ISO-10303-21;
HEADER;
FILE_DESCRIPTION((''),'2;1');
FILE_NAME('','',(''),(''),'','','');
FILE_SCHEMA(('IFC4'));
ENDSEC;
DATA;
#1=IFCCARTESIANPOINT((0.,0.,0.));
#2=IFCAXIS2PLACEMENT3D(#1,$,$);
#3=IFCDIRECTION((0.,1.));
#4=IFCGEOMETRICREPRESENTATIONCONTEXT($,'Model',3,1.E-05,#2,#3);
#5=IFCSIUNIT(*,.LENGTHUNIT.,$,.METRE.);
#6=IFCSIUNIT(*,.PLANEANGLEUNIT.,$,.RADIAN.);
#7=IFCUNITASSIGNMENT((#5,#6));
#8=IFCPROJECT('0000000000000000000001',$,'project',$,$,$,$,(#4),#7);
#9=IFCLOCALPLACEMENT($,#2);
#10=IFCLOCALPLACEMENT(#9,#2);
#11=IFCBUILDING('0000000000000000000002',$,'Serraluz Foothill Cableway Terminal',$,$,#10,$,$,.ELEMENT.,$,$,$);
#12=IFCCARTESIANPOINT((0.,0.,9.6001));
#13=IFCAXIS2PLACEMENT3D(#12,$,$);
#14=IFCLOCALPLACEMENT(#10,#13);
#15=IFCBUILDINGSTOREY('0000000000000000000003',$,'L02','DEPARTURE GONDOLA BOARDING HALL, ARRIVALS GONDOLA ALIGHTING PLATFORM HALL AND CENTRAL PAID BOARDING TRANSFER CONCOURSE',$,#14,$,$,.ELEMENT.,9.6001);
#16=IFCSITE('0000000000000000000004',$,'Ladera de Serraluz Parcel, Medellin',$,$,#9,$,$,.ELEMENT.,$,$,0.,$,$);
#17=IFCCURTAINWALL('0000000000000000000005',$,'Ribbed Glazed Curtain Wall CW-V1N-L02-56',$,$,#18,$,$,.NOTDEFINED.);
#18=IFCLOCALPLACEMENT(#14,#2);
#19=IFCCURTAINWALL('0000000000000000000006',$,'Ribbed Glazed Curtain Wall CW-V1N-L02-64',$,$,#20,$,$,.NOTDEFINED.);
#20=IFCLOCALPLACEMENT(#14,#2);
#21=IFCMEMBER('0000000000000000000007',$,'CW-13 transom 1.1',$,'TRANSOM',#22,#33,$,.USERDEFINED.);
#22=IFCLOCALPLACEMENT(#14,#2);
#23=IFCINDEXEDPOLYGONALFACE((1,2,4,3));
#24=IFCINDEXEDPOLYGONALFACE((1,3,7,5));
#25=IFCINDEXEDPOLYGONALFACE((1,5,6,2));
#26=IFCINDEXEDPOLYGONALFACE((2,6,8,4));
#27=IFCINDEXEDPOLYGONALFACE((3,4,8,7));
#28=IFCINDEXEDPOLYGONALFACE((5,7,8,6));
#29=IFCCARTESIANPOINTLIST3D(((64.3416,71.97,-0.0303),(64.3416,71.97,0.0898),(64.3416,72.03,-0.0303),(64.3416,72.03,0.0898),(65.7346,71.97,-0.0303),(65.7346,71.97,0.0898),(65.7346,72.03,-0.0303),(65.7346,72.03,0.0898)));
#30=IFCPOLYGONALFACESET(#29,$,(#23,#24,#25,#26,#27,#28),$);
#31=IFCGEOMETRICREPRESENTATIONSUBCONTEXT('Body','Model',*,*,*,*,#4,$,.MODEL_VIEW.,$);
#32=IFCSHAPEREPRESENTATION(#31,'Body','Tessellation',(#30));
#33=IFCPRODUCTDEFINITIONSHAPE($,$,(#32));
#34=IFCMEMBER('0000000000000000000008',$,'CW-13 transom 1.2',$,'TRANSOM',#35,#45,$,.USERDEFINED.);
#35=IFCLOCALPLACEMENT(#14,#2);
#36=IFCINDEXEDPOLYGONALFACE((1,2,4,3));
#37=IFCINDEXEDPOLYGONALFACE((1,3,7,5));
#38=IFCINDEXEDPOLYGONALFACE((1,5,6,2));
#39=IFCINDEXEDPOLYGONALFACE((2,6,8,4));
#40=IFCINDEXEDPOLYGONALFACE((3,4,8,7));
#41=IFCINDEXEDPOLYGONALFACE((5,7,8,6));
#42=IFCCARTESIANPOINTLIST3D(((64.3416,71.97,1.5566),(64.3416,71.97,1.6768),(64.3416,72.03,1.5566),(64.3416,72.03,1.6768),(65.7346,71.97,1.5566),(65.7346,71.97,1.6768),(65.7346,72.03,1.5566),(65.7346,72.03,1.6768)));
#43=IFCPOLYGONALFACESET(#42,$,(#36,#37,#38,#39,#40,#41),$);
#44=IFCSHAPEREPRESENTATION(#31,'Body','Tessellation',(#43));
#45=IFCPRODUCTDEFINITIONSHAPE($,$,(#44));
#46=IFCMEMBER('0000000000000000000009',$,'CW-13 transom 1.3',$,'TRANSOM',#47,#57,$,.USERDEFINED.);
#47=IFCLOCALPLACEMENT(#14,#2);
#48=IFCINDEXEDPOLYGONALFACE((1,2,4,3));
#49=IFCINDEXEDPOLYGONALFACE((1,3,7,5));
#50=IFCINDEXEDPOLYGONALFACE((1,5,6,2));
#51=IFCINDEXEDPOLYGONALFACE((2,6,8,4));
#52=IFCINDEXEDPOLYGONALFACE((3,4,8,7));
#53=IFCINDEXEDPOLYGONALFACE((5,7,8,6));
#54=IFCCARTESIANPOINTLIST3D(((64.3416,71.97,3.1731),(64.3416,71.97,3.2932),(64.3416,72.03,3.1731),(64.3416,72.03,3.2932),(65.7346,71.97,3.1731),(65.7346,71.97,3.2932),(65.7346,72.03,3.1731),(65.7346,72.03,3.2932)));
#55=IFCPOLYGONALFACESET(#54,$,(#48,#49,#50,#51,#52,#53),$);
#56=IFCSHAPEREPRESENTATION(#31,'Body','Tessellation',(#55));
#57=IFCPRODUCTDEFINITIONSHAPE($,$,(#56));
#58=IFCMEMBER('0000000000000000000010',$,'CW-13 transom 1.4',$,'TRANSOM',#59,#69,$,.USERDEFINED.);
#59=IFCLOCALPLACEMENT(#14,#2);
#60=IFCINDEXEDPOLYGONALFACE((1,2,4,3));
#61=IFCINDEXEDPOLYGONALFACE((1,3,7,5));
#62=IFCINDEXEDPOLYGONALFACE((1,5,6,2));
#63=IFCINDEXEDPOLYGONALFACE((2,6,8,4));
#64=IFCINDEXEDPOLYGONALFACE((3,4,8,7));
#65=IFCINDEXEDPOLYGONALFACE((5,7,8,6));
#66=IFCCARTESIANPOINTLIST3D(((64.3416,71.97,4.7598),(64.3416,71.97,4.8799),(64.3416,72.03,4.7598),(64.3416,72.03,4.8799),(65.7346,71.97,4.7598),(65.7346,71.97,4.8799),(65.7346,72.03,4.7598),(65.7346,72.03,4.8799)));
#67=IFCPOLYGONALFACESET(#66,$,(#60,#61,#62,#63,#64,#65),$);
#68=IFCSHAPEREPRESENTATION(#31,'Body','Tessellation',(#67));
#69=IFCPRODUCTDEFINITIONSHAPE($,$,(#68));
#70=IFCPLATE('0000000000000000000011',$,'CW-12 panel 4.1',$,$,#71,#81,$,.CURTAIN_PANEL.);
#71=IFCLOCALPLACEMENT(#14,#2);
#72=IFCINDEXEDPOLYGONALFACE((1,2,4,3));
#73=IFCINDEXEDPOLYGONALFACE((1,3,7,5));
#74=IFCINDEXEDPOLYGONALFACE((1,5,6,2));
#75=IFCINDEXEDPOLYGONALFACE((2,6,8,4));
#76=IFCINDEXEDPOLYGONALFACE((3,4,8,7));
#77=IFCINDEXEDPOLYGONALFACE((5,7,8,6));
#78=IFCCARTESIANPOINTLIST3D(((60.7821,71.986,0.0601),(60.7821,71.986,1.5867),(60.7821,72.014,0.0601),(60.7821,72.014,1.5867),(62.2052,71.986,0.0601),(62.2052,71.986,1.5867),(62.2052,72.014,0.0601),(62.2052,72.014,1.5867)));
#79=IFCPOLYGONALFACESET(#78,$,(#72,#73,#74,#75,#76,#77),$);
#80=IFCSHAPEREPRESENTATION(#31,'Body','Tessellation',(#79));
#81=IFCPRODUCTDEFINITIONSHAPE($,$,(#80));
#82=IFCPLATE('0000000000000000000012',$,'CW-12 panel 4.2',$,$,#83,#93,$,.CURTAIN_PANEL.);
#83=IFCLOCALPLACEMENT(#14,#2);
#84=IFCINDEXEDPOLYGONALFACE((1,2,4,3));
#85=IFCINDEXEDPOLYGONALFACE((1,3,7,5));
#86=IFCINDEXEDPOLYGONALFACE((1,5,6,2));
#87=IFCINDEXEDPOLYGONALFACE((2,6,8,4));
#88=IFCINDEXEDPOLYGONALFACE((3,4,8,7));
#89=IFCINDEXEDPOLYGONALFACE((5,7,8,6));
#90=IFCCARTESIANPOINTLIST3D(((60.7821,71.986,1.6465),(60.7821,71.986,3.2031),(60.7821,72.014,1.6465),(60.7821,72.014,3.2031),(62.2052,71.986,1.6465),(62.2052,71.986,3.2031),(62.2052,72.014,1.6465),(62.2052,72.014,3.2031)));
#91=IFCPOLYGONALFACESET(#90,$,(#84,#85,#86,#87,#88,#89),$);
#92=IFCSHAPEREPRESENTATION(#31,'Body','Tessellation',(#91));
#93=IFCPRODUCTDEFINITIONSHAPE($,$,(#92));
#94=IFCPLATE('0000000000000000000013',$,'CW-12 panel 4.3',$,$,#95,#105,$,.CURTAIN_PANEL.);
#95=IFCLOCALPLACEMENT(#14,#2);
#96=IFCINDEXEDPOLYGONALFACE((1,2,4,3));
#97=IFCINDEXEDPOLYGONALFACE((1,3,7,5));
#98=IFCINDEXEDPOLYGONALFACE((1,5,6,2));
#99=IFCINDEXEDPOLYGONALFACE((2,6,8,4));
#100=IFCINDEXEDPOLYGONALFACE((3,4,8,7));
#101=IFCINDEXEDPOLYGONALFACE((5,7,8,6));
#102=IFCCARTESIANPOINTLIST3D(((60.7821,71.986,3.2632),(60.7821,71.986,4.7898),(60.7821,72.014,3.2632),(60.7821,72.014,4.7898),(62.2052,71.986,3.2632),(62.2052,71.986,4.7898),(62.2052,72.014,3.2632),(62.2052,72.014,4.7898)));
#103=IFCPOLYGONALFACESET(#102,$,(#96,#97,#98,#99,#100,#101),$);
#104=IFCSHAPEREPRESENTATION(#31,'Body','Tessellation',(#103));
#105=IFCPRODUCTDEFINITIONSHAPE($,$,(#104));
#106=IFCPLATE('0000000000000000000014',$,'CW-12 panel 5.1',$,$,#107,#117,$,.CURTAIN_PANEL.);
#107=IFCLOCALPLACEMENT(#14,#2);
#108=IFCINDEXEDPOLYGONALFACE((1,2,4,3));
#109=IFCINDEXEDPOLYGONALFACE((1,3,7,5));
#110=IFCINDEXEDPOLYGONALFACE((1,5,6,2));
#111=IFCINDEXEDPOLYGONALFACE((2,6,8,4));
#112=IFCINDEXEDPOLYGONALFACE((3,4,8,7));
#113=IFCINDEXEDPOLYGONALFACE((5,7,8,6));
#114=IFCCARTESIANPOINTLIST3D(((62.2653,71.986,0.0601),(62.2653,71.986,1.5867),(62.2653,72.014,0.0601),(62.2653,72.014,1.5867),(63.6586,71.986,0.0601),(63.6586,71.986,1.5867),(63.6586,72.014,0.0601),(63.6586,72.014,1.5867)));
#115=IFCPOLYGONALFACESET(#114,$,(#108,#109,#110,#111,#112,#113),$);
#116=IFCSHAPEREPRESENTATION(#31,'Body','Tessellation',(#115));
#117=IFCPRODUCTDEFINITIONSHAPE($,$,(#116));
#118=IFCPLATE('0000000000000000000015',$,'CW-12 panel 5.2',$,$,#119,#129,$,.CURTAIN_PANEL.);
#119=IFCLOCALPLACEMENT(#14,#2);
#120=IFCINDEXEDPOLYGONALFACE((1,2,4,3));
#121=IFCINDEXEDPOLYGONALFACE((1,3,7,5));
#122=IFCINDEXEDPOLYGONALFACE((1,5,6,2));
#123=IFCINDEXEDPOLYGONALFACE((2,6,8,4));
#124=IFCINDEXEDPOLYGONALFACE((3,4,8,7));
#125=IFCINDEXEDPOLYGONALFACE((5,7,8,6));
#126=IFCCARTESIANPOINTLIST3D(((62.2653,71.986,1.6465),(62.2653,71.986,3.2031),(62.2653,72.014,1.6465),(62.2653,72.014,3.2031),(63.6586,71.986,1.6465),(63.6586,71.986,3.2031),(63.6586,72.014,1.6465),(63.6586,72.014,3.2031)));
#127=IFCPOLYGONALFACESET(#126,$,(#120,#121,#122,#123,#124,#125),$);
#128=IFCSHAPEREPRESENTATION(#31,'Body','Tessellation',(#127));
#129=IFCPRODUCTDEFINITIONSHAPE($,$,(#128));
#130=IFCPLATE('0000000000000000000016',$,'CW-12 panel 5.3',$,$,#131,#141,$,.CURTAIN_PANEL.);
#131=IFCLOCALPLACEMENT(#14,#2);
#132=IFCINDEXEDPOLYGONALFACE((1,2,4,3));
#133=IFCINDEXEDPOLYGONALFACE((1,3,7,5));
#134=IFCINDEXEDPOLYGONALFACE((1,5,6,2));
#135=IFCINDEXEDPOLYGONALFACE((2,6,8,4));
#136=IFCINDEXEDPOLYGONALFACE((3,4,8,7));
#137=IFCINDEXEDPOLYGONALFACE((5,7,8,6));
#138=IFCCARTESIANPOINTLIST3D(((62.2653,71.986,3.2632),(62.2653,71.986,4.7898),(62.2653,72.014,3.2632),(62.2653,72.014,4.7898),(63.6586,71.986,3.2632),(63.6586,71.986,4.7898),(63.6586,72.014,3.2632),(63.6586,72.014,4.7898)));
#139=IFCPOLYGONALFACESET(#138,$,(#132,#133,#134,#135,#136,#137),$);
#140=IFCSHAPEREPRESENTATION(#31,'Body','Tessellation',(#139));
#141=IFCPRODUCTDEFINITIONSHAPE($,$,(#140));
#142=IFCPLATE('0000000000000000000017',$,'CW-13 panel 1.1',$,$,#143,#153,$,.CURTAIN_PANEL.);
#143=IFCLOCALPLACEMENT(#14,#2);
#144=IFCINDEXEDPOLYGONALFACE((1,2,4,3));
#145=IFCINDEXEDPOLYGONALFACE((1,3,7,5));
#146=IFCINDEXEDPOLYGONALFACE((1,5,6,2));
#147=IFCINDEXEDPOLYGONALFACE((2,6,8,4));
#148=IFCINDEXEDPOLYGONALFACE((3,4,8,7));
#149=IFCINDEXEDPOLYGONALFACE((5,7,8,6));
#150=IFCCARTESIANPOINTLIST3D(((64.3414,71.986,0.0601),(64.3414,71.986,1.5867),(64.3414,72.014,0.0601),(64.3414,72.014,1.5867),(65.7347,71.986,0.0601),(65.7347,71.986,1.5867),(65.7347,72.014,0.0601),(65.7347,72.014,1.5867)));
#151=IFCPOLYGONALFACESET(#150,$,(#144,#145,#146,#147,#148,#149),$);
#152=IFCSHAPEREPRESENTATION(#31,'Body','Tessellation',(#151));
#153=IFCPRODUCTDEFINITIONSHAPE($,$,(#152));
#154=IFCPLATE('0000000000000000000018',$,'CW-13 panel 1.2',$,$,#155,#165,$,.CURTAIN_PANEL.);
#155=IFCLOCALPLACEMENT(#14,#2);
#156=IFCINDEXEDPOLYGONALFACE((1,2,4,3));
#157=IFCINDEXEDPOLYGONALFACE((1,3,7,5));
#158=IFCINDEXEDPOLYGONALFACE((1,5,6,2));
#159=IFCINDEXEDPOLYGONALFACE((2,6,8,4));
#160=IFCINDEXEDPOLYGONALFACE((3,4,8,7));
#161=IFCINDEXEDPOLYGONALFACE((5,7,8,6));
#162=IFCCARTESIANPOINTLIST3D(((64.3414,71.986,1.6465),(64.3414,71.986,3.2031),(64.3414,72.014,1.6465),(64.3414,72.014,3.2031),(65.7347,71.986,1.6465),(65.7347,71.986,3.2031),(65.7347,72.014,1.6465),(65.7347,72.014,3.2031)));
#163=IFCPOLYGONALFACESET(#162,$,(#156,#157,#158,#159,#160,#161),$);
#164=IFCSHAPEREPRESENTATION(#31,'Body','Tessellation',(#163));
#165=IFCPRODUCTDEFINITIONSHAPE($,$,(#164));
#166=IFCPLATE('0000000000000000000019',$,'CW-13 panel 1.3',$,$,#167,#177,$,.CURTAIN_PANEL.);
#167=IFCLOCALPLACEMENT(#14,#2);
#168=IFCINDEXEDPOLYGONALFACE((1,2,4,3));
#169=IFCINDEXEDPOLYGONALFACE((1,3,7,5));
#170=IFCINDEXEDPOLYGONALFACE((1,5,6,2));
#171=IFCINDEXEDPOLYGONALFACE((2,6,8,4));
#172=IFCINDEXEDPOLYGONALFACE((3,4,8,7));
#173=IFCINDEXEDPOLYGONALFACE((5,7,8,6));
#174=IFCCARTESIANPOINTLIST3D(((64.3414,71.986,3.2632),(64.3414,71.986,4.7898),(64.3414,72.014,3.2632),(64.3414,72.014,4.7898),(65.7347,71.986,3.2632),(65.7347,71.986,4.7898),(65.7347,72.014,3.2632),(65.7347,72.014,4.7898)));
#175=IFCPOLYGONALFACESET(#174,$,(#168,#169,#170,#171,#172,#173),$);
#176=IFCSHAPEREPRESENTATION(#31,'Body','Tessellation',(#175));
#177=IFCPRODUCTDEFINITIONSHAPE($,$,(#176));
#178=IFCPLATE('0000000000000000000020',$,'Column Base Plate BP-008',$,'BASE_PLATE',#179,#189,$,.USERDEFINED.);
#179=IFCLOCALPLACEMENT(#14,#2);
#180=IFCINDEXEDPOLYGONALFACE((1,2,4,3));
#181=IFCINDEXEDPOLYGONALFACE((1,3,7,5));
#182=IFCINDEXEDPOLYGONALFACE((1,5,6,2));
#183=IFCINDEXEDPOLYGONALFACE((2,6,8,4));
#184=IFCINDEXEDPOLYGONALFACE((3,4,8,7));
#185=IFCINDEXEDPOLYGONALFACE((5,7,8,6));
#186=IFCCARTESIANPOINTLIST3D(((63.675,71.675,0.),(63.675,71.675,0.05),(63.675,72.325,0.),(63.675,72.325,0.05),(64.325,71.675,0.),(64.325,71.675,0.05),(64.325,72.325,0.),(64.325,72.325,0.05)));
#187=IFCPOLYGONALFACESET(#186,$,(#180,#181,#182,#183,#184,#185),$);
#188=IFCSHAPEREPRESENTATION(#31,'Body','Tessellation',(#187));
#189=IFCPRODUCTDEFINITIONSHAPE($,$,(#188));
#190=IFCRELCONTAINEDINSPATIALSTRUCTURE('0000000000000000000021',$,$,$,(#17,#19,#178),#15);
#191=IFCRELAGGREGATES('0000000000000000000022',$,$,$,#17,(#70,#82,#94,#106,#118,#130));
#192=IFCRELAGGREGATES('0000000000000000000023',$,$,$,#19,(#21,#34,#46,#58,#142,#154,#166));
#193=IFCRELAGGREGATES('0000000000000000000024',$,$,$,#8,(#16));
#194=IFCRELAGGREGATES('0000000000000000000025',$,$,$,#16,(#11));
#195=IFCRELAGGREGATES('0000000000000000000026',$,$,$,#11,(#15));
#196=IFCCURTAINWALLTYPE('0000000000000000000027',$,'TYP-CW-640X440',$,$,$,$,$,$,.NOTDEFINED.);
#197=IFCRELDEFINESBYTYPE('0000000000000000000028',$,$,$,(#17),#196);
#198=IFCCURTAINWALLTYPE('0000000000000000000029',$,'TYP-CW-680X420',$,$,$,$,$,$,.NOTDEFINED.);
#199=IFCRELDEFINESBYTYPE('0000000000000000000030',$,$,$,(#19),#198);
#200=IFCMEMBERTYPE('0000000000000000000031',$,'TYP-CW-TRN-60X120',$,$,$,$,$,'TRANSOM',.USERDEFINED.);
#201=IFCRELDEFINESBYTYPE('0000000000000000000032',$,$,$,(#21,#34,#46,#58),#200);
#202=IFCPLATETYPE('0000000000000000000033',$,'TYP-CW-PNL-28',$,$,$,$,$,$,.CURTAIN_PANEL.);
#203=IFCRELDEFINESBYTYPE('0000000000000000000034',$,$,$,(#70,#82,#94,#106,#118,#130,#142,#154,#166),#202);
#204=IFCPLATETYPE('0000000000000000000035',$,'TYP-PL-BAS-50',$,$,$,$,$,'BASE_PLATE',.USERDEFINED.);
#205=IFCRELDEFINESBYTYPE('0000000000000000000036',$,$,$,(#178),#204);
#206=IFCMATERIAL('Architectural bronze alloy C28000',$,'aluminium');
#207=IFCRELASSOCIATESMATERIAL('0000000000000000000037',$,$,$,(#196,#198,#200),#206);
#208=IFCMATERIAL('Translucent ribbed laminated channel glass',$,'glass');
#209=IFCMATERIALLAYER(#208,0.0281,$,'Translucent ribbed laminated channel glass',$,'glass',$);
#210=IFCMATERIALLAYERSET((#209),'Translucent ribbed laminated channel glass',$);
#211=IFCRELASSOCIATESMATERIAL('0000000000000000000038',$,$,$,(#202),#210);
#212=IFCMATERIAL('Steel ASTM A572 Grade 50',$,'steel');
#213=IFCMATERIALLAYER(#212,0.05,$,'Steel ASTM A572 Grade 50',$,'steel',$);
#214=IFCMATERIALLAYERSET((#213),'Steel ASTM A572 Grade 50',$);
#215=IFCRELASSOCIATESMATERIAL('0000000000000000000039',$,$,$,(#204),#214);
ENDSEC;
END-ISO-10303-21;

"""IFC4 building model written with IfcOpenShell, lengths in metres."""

from ifc_helpers import new_model, si_unit, direction, frame, origin, origin_2d, place, context, subcontext, project, spatial, rectangle, extrude, material, layer, layer_set, material_profile, profile_set, type_object, element, aggregate, save


model = new_model("IFC4")

# Units and contexts
model_context = context("Model", 3, precision=1e-05, world=origin(), true_north=direction((0.0, 1.0)))
body_context = subcontext(model_context, "Body", "Model", "MODEL_VIEW")
ifc_project = project(units=[si_unit("LENGTHUNIT", "METRE"), si_unit("PLANEANGLEUNIT", "RADIAN")], contexts=[model_context])

# Site, building, storey
site_placement = place(None, origin())
site = spatial("IfcSite", under=ifc_project, at=site_placement, Name="Ladera de Serraluz Parcel, Medellin", CompositionType="ELEMENT", RefElevation=0.0)
building_placement = place(site_placement, origin())
building = spatial("IfcBuilding", under=site, at=building_placement, Name="Serraluz Foothill Cableway Terminal", CompositionType="ELEMENT")
storey_placement = place(building_placement, frame((0.0, 0.0, 9.6001)))
storey = spatial("IfcBuildingStorey", under=building, at=storey_placement, Name="L02", Description="DEPARTURE GONDOLA BOARDING HALL, ARRIVALS GONDOLA ALIGHTING PLATFORM HALL AND CENTRAL PAID BOARDING TRANSFER CONCOURSE", CompositionType="ELEMENT", Elevation=9.6001)

# Curtain walls
ifc_material_1 = material(Name="Architectural bronze alloy C28000", Category="aluminium")
curtain_wall_type_1 = type_object("IfcCurtainWallType", Name="TYP-CW-640X440", PredefinedType="NOTDEFINED", material=ifc_material_1)
curtain_wall_1_placement = place(storey_placement, origin())
curtain_wall_1 = element("IfcCurtainWall", 1, at=curtain_wall_1_placement, inside=storey, type_object=curtain_wall_type_1, Name="Ribbed Glazed Curtain Wall CW-V1N-L02-56", PredefinedType="NOTDEFINED")
curtain_wall_type_2 = type_object("IfcCurtainWallType", Name="TYP-CW-680X420", PredefinedType="NOTDEFINED", material=ifc_material_1)
curtain_wall_2_placement = place(storey_placement, origin())
curtain_wall_2 = element("IfcCurtainWall", 2, at=curtain_wall_2_placement, inside=storey, type_object=curtain_wall_type_2, Name="Ribbed Glazed Curtain Wall CW-V1N-L02-64", PredefinedType="NOTDEFINED")

# Members
ifc_material_profile_1 = material_profile(ifc_material_1, rectangle(XDim=0.0601, YDim=0.1201, at=origin_2d()), Name="ALU TRANSOM 60x120")
ifc_profile_set_1 = profile_set([ifc_material_profile_1], Name="Architectural bronze alloy C28000")
member_type_1 = type_object("IfcMemberType", Name="TYP-CW-TRN-60X120", ElementType="TRANSOM", PredefinedType="USERDEFINED", material=ifc_profile_set_1)
member_1_placement = place(storey_placement, frame((64.3416, 72.0, 0.0298), z_axis=(1.0, 0.0, 0.0), x_axis=(0.0, 1.0, 0.0)))
member_1 = element("IfcMember", 3, at=member_1_placement, type_object=member_type_1, Name="CW-13 transom 1.1", ObjectType="TRANSOM", PredefinedType="USERDEFINED", context=body_context, shape_type="SweptSolid", body=[
    extrude(rectangle(XDim=0.0601, YDim=0.1201, at=origin_2d()), origin(), (0.0, 0.0, 1.0), 1.3931),
])
member_2_placement = place(storey_placement, frame((64.3416, 72.0, 1.6167), z_axis=(1.0, 0.0, 0.0), x_axis=(0.0, 1.0, 0.0)))
member_2 = element("IfcMember", 4, at=member_2_placement, type_object=member_type_1, Name="CW-13 transom 1.2", ObjectType="TRANSOM", PredefinedType="USERDEFINED", context=body_context, shape_type="SweptSolid", body=[
    extrude(rectangle(XDim=0.0601, YDim=0.1201, at=origin_2d()), origin(), (0.0, 0.0, 1.0), 1.3931),
])
member_3_placement = place(storey_placement, frame((64.3416, 72.0, 3.2332), z_axis=(1.0, 0.0, 0.0), x_axis=(0.0, 1.0, 0.0)))
member_3 = element("IfcMember", 5, at=member_3_placement, type_object=member_type_1, Name="CW-13 transom 1.3", ObjectType="TRANSOM", PredefinedType="USERDEFINED", context=body_context, shape_type="SweptSolid", body=[
    extrude(rectangle(XDim=0.0601, YDim=0.1201, at=origin_2d()), origin(), (0.0, 0.0, 1.0), 1.3931),
])
member_4_placement = place(storey_placement, frame((64.3416, 72.0, 4.8198), z_axis=(1.0, 0.0, 0.0), x_axis=(0.0, 1.0, 0.0)))
member_4 = element("IfcMember", 6, at=member_4_placement, type_object=member_type_1, Name="CW-13 transom 1.4", ObjectType="TRANSOM", PredefinedType="USERDEFINED", context=body_context, shape_type="SweptSolid", body=[
    extrude(rectangle(XDim=0.0601, YDim=0.1201, at=origin_2d()), origin(), (0.0, 0.0, 1.0), 1.3931),
])

# Plates
ifc_material_2 = material(Name="Translucent ribbed laminated channel glass", Category="glass")
ifc_layer_1 = layer(ifc_material_2, 0.0281, Name="Translucent ribbed laminated channel glass", Category="glass")
ifc_layer_set_1 = layer_set([ifc_layer_1], Name="Translucent ribbed laminated channel glass")
plate_type_1 = type_object("IfcPlateType", Name="TYP-CW-PNL-28", PredefinedType="CURTAIN_PANEL", material=ifc_layer_set_1)
plate_1_placement = place(storey_placement, frame((61.4937, 72.0, 0.0601), z_axis=(0.0, 0.0, 1.0), x_axis=(1.0, 0.0, 0.0)))
plate_1 = element("IfcPlate", 7, at=plate_1_placement, type_object=plate_type_1, Name="CW-12 panel 4.1", PredefinedType="CURTAIN_PANEL", context=body_context, shape_type="SweptSolid", body=[
    extrude(rectangle(XDim=1.4231, YDim=0.0281, at=origin_2d()), origin(), (0.0, 0.0, 1.0), 1.5266),
])
plate_2_placement = place(storey_placement, frame((61.4937, 72.0, 1.6465), z_axis=(0.0, 0.0, 1.0), x_axis=(1.0, 0.0, 0.0)))
plate_2 = element("IfcPlate", 8, at=plate_2_placement, type_object=plate_type_1, Name="CW-12 panel 4.2", PredefinedType="CURTAIN_PANEL", context=body_context, shape_type="SweptSolid", body=[
    extrude(rectangle(XDim=1.4231, YDim=0.0281, at=origin_2d()), origin(), (0.0, 0.0, 1.0), 1.5566),
])
plate_3_placement = place(storey_placement, frame((61.4937, 72.0, 3.2632), z_axis=(0.0, 0.0, 1.0), x_axis=(1.0, 0.0, 0.0)))
plate_3 = element("IfcPlate", 9, at=plate_3_placement, type_object=plate_type_1, Name="CW-12 panel 4.3", PredefinedType="CURTAIN_PANEL", context=body_context, shape_type="SweptSolid", body=[
    extrude(rectangle(XDim=1.4231, YDim=0.0281, at=origin_2d()), origin(), (0.0, 0.0, 1.0), 1.5266),
])
plate_4_placement = place(storey_placement, frame((62.9619, 72.0, 0.0601), z_axis=(0.0, 0.0, 1.0), x_axis=(1.0, 0.0, 0.0)))
plate_4 = element("IfcPlate", 10, at=plate_4_placement, type_object=plate_type_1, Name="CW-12 panel 5.1", PredefinedType="CURTAIN_PANEL", context=body_context, shape_type="SweptSolid", body=[
    extrude(rectangle(XDim=1.3933, YDim=0.0281, at=origin_2d()), origin(), (0.0, 0.0, 1.0), 1.5266),
])
plate_5_placement = place(storey_placement, frame((62.9619, 72.0, 1.6465), z_axis=(0.0, 0.0, 1.0), x_axis=(1.0, 0.0, 0.0)))
plate_5 = element("IfcPlate", 11, at=plate_5_placement, type_object=plate_type_1, Name="CW-12 panel 5.2", PredefinedType="CURTAIN_PANEL", context=body_context, shape_type="SweptSolid", body=[
    extrude(rectangle(XDim=1.3933, YDim=0.0281, at=origin_2d()), origin(), (0.0, 0.0, 1.0), 1.5566),
])
plate_6_placement = place(storey_placement, frame((62.9619, 72.0, 3.2632), z_axis=(0.0, 0.0, 1.0), x_axis=(1.0, 0.0, 0.0)))
plate_6 = element("IfcPlate", 12, at=plate_6_placement, type_object=plate_type_1, Name="CW-12 panel 5.3", PredefinedType="CURTAIN_PANEL", context=body_context, shape_type="SweptSolid", body=[
    extrude(rectangle(XDim=1.3933, YDim=0.0281, at=origin_2d()), origin(), (0.0, 0.0, 1.0), 1.5266),
])
aggregate(curtain_wall_1, [plate_1, plate_2, plate_3, plate_4, plate_5, plate_6])
plate_7_placement = place(storey_placement, frame((65.0381, 72.0, 0.0601), z_axis=(0.0, 0.0, 1.0), x_axis=(1.0, 0.0, 0.0)))
plate_7 = element("IfcPlate", 13, at=plate_7_placement, type_object=plate_type_1, Name="CW-13 panel 1.1", PredefinedType="CURTAIN_PANEL", context=body_context, shape_type="SweptSolid", body=[
    extrude(rectangle(XDim=1.3933, YDim=0.0281, at=origin_2d()), origin(), (0.0, 0.0, 1.0), 1.5266),
])
plate_8_placement = place(storey_placement, frame((65.0381, 72.0, 1.6465), z_axis=(0.0, 0.0, 1.0), x_axis=(1.0, 0.0, 0.0)))
plate_8 = element("IfcPlate", 14, at=plate_8_placement, type_object=plate_type_1, Name="CW-13 panel 1.2", PredefinedType="CURTAIN_PANEL", context=body_context, shape_type="SweptSolid", body=[
    extrude(rectangle(XDim=1.3933, YDim=0.0281, at=origin_2d()), origin(), (0.0, 0.0, 1.0), 1.5566),
])
plate_9_placement = place(storey_placement, frame((65.0381, 72.0, 3.2632), z_axis=(0.0, 0.0, 1.0), x_axis=(1.0, 0.0, 0.0)))
plate_9 = element("IfcPlate", 15, at=plate_9_placement, type_object=plate_type_1, Name="CW-13 panel 1.3", PredefinedType="CURTAIN_PANEL", context=body_context, shape_type="SweptSolid", body=[
    extrude(rectangle(XDim=1.3933, YDim=0.0281, at=origin_2d()), origin(), (0.0, 0.0, 1.0), 1.5266),
])
aggregate(curtain_wall_2, [member_1, member_2, member_3, member_4, plate_7, plate_8, plate_9])
ifc_material_3 = material(Name="Steel ASTM A572 Grade 50", Category="steel")
ifc_layer_2 = layer(ifc_material_3, 0.05, Name="Steel ASTM A572 Grade 50", Category="steel")
ifc_layer_set_2 = layer_set([ifc_layer_2], Name="Steel ASTM A572 Grade 50")
plate_type_2 = type_object("IfcPlateType", Name="TYP-PL-BAS-50", ElementType="BASE_PLATE", PredefinedType="USERDEFINED", material=ifc_layer_set_2)
plate_10_placement = place(storey_placement, frame((64.0, 72.0, 0.0), z_axis=(0.0, 0.0, 1.0), x_axis=(1.0, 0.0, 0.0)))
element("IfcPlate", 16, at=plate_10_placement, inside=storey, type_object=plate_type_2, Name="Column Base Plate BP-008", ObjectType="BASE_PLATE", PredefinedType="USERDEFINED", context=body_context, shape_type="SweptSolid", body=[
    extrude(rectangle(XDim=0.6499, YDim=0.6499, at=origin_2d()), origin(), (0.0, 0.0, 1.0), 0.05),
])

save(model, "model.ifc")
